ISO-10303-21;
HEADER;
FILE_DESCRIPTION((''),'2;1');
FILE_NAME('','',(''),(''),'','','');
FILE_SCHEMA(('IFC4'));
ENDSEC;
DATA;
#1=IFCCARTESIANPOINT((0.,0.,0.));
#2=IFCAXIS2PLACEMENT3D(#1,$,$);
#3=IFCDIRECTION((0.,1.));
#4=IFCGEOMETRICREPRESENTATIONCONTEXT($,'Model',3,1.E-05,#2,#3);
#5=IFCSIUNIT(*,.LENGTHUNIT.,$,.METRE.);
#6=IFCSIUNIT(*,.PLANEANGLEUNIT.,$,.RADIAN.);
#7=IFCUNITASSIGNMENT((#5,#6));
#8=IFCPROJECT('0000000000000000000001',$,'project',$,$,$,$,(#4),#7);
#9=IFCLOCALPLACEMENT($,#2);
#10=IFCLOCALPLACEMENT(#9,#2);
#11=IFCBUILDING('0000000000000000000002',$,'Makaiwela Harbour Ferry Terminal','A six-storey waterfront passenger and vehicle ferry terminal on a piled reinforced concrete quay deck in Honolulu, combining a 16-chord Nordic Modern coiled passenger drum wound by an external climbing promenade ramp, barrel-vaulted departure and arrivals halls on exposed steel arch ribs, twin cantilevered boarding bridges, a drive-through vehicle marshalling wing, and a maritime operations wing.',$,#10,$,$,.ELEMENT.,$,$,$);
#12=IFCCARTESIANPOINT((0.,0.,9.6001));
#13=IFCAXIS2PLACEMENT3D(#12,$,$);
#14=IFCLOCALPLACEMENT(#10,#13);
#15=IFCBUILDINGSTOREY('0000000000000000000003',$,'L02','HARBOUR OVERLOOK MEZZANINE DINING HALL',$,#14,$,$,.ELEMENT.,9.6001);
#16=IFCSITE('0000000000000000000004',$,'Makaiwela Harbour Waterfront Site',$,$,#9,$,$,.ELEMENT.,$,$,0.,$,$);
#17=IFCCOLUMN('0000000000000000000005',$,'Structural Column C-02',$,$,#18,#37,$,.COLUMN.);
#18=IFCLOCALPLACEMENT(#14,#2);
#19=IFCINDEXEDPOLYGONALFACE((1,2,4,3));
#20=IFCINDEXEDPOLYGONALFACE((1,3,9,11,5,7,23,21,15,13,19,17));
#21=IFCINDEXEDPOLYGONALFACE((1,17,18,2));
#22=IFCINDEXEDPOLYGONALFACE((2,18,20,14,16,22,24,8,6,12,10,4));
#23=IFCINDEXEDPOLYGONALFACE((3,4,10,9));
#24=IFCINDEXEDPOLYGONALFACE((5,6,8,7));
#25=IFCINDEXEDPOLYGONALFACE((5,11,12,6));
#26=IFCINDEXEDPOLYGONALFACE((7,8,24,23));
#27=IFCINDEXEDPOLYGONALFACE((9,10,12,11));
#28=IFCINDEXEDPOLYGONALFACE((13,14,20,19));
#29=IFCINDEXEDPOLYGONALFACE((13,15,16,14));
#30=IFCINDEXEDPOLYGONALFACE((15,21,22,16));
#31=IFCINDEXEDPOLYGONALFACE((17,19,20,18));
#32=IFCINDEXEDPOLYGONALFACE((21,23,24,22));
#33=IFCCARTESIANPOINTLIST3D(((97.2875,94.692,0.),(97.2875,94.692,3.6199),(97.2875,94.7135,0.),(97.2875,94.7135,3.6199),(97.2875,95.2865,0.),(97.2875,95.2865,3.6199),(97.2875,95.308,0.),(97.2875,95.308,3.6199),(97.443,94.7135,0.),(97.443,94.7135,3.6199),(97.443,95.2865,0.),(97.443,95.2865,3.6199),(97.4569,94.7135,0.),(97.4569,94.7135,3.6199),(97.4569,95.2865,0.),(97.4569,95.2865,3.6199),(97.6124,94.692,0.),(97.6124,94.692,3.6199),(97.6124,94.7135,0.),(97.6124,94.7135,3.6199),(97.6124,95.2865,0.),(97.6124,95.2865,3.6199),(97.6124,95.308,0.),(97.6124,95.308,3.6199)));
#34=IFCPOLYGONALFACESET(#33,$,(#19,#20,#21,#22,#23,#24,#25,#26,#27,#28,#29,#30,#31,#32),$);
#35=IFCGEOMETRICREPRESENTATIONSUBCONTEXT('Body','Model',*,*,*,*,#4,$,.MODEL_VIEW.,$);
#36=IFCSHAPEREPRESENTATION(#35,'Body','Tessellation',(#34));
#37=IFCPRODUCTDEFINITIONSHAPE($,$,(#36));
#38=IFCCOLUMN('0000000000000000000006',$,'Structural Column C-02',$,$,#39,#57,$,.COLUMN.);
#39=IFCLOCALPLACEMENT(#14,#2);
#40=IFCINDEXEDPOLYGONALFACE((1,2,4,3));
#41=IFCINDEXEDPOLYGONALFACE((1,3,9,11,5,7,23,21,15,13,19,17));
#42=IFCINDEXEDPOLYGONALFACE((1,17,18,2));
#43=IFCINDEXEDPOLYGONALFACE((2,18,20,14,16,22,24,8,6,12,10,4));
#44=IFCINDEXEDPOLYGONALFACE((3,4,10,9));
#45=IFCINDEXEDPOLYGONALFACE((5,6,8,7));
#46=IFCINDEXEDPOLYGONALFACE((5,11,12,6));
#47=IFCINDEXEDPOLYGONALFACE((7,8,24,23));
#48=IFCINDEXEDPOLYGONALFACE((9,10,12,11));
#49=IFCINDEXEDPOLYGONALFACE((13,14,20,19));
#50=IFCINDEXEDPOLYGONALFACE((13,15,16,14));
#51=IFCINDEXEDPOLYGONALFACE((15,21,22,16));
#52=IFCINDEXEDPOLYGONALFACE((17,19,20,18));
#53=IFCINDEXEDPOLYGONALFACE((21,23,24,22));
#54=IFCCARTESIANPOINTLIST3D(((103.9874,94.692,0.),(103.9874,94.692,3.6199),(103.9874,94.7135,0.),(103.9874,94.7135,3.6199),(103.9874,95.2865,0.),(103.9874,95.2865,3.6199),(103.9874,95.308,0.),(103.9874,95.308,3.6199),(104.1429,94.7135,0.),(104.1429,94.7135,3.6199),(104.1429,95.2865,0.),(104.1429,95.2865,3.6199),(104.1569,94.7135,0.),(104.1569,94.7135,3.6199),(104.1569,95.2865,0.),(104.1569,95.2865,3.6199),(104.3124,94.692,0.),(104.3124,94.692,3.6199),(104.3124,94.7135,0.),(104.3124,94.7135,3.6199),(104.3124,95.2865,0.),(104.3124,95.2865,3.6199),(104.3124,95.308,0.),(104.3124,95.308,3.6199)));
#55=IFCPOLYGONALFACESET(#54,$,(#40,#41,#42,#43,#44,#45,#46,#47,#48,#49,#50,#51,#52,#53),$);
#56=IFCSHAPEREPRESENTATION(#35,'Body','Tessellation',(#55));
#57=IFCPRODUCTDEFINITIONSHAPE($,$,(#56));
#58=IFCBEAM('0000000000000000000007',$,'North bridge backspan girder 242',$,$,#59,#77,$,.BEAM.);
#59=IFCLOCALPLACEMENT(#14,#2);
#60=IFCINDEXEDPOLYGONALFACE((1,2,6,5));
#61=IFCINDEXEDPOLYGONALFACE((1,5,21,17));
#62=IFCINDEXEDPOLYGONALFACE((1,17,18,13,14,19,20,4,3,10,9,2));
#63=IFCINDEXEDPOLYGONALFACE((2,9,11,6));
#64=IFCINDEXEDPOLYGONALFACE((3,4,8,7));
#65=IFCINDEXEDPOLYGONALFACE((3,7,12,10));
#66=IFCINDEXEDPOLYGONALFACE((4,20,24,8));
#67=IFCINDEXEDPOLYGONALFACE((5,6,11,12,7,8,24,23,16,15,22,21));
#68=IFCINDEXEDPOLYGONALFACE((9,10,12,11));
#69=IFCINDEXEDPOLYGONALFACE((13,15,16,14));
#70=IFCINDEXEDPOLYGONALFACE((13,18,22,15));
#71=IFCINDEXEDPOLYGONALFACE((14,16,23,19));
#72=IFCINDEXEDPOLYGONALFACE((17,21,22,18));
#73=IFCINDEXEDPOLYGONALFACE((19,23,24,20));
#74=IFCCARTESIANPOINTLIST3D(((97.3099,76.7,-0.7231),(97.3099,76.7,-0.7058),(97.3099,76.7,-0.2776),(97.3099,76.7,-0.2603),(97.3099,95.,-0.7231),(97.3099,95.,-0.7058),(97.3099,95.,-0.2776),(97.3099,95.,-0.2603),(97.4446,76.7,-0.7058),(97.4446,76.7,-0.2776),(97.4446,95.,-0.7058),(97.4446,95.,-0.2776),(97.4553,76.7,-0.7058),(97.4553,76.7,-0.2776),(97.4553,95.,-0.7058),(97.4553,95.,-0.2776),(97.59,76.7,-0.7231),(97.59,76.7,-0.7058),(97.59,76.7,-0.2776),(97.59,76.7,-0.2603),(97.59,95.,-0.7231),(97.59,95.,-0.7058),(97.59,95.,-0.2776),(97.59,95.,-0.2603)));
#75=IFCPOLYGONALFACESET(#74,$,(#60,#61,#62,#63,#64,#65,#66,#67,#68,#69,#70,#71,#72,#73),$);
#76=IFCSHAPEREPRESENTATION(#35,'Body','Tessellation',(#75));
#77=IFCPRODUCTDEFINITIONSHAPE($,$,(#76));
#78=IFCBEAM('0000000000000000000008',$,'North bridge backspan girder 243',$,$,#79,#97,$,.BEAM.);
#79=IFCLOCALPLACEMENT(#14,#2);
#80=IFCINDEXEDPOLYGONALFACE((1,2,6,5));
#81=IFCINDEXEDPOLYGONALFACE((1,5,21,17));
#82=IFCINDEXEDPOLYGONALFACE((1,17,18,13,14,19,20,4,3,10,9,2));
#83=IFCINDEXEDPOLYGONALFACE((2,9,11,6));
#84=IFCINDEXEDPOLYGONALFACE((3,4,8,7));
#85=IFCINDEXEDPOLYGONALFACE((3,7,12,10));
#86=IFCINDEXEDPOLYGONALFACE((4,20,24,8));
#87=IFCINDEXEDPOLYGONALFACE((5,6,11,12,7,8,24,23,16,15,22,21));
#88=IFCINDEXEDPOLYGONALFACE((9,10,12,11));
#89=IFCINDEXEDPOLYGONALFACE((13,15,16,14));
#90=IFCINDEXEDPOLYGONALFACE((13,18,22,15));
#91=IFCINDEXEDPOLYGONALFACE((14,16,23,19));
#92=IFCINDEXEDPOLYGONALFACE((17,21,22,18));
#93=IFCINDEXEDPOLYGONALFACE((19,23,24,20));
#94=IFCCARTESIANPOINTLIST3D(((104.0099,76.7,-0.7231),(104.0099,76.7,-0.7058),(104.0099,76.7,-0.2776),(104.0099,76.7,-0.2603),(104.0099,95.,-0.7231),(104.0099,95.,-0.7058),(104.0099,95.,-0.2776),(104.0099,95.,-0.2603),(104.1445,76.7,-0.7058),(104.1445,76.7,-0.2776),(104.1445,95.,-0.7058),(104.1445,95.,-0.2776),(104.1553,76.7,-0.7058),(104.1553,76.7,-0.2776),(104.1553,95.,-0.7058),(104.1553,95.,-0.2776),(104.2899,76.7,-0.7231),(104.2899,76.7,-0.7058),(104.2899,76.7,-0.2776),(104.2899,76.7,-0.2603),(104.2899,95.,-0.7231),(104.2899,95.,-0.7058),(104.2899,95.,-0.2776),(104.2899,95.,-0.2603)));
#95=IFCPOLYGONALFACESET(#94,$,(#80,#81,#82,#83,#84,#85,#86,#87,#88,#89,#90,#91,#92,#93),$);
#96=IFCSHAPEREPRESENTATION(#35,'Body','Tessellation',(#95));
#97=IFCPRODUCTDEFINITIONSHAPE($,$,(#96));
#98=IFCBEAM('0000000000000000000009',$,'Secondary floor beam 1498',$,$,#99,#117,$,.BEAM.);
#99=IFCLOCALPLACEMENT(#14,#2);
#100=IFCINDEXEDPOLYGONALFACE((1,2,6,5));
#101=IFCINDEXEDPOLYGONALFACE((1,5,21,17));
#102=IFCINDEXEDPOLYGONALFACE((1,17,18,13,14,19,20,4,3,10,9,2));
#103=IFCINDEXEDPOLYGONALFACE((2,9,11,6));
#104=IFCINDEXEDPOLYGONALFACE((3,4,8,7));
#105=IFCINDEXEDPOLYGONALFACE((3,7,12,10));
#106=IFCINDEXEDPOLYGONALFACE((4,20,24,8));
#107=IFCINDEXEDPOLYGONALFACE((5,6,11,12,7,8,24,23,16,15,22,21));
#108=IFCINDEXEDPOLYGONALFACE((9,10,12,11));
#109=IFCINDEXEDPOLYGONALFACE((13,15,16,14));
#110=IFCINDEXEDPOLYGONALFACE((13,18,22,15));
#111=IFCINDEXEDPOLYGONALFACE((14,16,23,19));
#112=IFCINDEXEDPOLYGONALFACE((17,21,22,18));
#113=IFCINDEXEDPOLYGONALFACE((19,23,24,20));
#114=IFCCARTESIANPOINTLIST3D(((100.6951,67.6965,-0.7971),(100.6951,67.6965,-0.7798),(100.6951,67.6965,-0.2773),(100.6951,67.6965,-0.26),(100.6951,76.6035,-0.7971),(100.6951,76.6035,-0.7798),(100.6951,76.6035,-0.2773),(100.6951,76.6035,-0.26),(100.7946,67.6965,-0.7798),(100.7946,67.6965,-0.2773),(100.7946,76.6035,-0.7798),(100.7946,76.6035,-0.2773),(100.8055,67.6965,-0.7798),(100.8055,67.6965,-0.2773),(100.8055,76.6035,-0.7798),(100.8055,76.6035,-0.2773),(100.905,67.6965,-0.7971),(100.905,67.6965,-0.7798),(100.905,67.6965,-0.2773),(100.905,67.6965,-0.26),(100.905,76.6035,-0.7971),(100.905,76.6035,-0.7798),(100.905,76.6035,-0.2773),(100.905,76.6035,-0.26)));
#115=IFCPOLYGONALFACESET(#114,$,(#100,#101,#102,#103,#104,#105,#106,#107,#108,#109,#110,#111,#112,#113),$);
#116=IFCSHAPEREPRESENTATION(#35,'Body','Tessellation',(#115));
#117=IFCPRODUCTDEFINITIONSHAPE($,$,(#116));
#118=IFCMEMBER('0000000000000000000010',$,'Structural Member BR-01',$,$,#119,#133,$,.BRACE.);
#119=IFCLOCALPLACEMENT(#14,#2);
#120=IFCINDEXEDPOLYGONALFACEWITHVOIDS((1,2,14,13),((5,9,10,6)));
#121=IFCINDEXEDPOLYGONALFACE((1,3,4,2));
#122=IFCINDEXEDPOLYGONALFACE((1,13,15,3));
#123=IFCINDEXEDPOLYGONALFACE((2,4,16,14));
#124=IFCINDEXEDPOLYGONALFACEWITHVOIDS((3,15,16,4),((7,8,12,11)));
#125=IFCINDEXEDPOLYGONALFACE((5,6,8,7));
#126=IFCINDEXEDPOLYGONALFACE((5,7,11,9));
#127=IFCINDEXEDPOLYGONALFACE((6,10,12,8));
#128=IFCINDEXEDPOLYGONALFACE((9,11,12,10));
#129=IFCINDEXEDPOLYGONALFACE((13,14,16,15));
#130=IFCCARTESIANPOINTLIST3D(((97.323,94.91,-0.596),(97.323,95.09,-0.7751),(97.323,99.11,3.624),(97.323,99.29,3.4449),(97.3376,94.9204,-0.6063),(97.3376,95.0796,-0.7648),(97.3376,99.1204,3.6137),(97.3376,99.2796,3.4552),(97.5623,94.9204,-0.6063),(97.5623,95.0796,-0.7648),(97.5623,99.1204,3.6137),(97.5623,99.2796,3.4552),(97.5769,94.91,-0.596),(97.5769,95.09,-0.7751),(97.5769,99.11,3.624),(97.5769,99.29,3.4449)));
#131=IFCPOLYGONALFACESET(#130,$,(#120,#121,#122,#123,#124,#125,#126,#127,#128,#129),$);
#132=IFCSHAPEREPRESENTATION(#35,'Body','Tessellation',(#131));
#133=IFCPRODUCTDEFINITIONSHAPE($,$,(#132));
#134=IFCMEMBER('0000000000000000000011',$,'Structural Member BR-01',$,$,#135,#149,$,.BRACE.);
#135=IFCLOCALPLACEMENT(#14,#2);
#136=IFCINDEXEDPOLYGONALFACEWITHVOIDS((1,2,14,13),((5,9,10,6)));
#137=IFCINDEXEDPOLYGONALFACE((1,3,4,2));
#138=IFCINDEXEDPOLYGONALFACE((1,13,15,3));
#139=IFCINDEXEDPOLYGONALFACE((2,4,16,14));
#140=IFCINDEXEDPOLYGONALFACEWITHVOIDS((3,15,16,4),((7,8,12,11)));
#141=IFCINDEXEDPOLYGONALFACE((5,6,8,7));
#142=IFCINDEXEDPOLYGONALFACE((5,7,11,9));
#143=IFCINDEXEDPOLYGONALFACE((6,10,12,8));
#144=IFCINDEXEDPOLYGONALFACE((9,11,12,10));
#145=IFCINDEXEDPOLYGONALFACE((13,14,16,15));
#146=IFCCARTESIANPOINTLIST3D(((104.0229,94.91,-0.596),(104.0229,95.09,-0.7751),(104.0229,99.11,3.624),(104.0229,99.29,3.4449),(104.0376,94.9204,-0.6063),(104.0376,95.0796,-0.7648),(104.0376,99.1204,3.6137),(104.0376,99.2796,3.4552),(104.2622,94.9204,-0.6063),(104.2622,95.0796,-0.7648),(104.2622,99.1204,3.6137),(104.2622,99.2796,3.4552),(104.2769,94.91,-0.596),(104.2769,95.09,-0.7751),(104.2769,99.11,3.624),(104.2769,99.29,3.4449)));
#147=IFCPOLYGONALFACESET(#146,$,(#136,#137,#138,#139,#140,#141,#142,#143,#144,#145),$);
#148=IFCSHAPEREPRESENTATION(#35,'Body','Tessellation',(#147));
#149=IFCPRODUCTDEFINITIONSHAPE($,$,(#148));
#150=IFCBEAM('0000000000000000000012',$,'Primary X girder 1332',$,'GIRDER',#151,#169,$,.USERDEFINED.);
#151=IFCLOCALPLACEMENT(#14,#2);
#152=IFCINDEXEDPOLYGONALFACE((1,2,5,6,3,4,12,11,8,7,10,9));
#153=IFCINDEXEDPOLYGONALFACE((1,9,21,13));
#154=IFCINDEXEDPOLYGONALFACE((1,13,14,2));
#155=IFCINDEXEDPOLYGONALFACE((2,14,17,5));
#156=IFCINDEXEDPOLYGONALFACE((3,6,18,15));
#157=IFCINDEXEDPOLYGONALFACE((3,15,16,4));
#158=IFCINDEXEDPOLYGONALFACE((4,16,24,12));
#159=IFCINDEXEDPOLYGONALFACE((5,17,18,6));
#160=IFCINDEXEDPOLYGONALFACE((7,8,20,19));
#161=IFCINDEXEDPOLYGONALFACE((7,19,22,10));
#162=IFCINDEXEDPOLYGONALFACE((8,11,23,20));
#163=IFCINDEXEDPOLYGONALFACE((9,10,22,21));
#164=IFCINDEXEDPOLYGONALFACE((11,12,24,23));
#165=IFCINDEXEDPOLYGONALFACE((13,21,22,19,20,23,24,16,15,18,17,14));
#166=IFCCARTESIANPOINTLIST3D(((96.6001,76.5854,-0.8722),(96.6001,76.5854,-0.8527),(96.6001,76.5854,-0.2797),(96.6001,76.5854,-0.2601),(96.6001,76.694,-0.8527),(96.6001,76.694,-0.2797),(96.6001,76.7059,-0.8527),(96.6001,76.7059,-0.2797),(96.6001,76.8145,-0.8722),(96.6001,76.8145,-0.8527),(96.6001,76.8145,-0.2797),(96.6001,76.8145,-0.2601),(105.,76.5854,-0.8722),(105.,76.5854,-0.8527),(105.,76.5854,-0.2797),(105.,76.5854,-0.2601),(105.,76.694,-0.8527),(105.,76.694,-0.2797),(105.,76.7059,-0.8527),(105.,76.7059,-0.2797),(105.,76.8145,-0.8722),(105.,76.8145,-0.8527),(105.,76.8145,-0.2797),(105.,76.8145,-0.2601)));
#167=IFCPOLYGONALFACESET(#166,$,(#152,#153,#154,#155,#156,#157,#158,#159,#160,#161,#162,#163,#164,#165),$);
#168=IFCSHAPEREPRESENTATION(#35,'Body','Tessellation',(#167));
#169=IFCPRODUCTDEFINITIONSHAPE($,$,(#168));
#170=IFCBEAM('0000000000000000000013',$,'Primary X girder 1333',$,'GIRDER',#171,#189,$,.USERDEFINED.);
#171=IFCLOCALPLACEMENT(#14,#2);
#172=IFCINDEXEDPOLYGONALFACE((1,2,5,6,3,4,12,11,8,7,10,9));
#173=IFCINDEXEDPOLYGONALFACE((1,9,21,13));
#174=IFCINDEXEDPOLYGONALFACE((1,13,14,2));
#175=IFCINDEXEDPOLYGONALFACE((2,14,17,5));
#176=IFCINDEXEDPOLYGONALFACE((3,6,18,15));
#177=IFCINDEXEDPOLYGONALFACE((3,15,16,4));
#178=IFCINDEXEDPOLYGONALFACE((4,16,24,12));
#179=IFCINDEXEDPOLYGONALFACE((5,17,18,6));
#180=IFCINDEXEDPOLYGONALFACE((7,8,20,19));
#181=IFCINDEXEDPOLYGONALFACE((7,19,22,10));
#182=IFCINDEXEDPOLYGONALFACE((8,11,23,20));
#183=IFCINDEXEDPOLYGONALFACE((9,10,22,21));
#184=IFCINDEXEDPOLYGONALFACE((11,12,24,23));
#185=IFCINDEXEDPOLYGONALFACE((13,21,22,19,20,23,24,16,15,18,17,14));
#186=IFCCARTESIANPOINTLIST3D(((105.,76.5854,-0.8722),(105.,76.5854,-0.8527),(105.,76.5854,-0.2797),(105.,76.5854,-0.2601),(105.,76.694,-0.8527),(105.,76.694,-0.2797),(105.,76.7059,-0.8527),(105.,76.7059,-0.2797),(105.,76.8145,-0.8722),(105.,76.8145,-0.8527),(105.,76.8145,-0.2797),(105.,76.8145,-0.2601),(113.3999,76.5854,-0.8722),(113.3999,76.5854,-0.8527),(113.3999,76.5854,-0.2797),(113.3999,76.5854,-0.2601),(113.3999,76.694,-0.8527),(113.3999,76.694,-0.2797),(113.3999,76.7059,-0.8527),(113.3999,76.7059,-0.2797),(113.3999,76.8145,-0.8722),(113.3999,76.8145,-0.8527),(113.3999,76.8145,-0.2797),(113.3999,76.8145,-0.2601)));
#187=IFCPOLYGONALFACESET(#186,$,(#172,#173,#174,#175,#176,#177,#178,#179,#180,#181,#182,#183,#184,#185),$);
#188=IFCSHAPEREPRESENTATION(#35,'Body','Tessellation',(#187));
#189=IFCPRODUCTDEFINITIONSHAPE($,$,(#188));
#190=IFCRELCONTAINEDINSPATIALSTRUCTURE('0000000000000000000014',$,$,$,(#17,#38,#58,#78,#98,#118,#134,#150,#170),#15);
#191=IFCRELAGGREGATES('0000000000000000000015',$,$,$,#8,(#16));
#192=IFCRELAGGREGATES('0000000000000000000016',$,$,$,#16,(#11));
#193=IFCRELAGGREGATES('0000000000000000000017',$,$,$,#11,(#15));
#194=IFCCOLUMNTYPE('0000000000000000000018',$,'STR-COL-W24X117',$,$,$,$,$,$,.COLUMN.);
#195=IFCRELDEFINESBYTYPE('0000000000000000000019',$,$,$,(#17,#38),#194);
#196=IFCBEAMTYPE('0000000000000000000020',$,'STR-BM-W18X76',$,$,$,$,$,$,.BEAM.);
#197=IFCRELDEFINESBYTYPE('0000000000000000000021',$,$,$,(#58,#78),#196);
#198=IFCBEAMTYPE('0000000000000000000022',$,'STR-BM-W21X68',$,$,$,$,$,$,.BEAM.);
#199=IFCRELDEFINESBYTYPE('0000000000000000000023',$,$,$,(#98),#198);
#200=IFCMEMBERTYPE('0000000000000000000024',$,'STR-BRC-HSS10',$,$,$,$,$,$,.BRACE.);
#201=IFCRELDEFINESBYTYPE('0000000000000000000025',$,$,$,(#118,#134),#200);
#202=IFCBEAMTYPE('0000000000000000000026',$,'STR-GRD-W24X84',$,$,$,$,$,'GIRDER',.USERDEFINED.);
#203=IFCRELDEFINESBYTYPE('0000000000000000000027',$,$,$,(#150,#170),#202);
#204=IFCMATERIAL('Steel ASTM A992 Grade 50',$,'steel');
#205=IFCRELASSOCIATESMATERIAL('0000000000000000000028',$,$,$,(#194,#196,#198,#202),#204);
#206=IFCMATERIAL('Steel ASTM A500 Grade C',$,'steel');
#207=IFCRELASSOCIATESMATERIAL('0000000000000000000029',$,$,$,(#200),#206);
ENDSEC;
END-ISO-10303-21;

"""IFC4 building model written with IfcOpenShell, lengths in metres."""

from ifc_helpers import new_model, si_unit, direction, frame, origin, origin_2d, place, context, subcontext, project, spatial, hollow_rectangle, i_section, extrude, material, material_profile, profile_set, type_object, element, save


model = new_model("IFC4")

# Units and contexts
model_context = context("Model", 3, precision=1e-05, world=origin(), true_north=direction((0.0, 1.0)))
body_context = subcontext(model_context, "Body", "Model", "MODEL_VIEW")
ifc_project = project(units=[si_unit("LENGTHUNIT", "METRE"), si_unit("PLANEANGLEUNIT", "RADIAN")], contexts=[model_context])

# Site, building, storey
site_placement = place(None, origin())
site = spatial("IfcSite", under=ifc_project, at=site_placement, Name="Makaiwela Harbour Waterfront Site", CompositionType="ELEMENT", RefElevation=0.0)
building_placement = place(site_placement, origin())
building = spatial("IfcBuilding", under=site, at=building_placement, Name="Makaiwela Harbour Ferry Terminal", Description="A six-storey waterfront passenger and vehicle ferry terminal on a piled reinforced concrete quay deck in Honolulu, combining a 16-chord Nordic Modern coiled passenger drum wound by an external climbing promenade ramp, barrel-vaulted departure and arrivals halls on exposed steel arch ribs, twin cantilevered boarding bridges, a drive-through vehicle marshalling wing, and a maritime operations wing.", CompositionType="ELEMENT")
storey_placement = place(building_placement, frame((0.0, 0.0, 9.6001)))
storey = spatial("IfcBuildingStorey", under=building, at=storey_placement, Name="L02", Description="HARBOUR OVERLOOK MEZZANINE DINING HALL", CompositionType="ELEMENT", Elevation=9.6001)

# Columns
ifc_material_1 = material(Name="Steel ASTM A992 Grade 50", Category="steel")
ifc_material_profile_1 = material_profile(ifc_material_1, i_section(OverallWidth=0.325, OverallDepth=0.616, WebThickness=0.0139, FlangeThickness=0.0215, at=origin_2d()), Name="W24X117")
ifc_profile_set_1 = profile_set([ifc_material_profile_1], Name="Steel ASTM A992 Grade 50")
column_type = type_object("IfcColumnType", Name="STR-COL-W24X117", PredefinedType="COLUMN", material=ifc_profile_set_1)
for number, where, z_axis, x_axis, name in (
    (1, (97.45, 95.0, 0.0), (0.0, 0.0, 1.0), (1.0, 0.0, 0.0), "Structural Column C-02"),
    (2, (104.1499, 95.0, 0.0), (0.0, 0.0, 1.0), (1.0, 0.0, 0.0), "Structural Column C-02"),
):
    element("IfcColumn", number, at=place(storey_placement, frame(where, z_axis=z_axis, x_axis=x_axis)), inside=storey, type_object=column_type, Name=name, PredefinedType="COLUMN", context=body_context, shape_type="SweptSolid", body=[
        extrude(i_section(OverallWidth=0.325, OverallDepth=0.616, WebThickness=0.0139, FlangeThickness=0.0215, at=origin_2d()), origin(), (0.0, 0.0, 1.0), 3.6199),
    ])

# Beams
ifc_material_profile_2 = material_profile(ifc_material_1, i_section(OverallWidth=0.28, OverallDepth=0.4629, WebThickness=0.0107, FlangeThickness=0.0173, at=origin_2d()), Name="W18X76")
ifc_profile_set_2 = profile_set([ifc_material_profile_2], Name="Steel ASTM A992 Grade 50")
beam_type_1 = type_object("IfcBeamType", Name="STR-BM-W18X76", PredefinedType="BEAM", material=ifc_profile_set_2)
for number, where, z_axis, x_axis, name in (
    (3, (97.45, 76.7, -0.4917), (0.0, 1.0, 0.0), (-1.0, 0.0, 0.0), "North bridge backspan girder 242"),
    (4, (104.1499, 76.7, -0.4917), (0.0, 1.0, 0.0), (-1.0, 0.0, 0.0), "North bridge backspan girder 243"),
):
    element("IfcBeam", number, at=place(storey_placement, frame(where, z_axis=z_axis, x_axis=x_axis)), inside=storey, type_object=beam_type_1, Name=name, PredefinedType="BEAM", context=body_context, shape_type="SweptSolid", body=[
        extrude(i_section(OverallWidth=0.28, OverallDepth=0.4629, WebThickness=0.0107, FlangeThickness=0.0173, at=origin_2d()), origin(), (0.0, 0.0, 1.0), 18.3),
    ])
ifc_material_profile_3 = material_profile(ifc_material_1, i_section(OverallWidth=0.21, OverallDepth=0.5371, WebThickness=0.011, FlangeThickness=0.0173, at=origin_2d()), Name="W21X68")
ifc_profile_set_3 = profile_set([ifc_material_profile_3], Name="Steel ASTM A992 Grade 50")
beam_type_2 = type_object("IfcBeamType", Name="STR-BM-W21X68", PredefinedType="BEAM", material=ifc_profile_set_3)
beam_placement = place(storey_placement, frame((100.8, 67.6965, -0.5286), z_axis=(0.0, 1.0, 0.0), x_axis=(-1.0, 0.0, 0.0)))
element("IfcBeam", 5, at=beam_placement, inside=storey, type_object=beam_type_2, Name="Secondary floor beam 1498", PredefinedType="BEAM", context=body_context, shape_type="SweptSolid", body=[
    extrude(i_section(OverallWidth=0.21, OverallDepth=0.5371, WebThickness=0.011, FlangeThickness=0.0173, at=origin_2d()), origin(), (0.0, 0.0, 1.0), 8.907),
])

# Members
ifc_material_2 = material(Name="Steel ASTM A500 Grade C", Category="steel")
ifc_material_profile_4 = material_profile(ifc_material_2, hollow_rectangle(XDim=0.2539, YDim=0.2539, WallThickness=0.0146, at=origin_2d()), Name="HSS10X10X5/8")
ifc_profile_set_4 = profile_set([ifc_material_profile_4], Name="Steel ASTM A500 Grade C")
member_type_1 = type_object("IfcMemberType", Name="STR-BRC-HSS10", PredefinedType="BRACE", material=ifc_profile_set_4)
for number, where, z_axis, x_axis, name in (
    (6, (97.45, 95.0, -0.6855), (0.0, 0.705424, 0.708786), (-1.0, 0.0, 0.0), "Structural Member BR-01"),
    (7, (104.1499, 95.0, -0.6855), (0.0, 0.705424, 0.708786), (-1.0, 0.0, 0.0), "Structural Member BR-01"),
):
    element("IfcMember", number, at=place(storey_placement, frame(where, z_axis=z_axis, x_axis=x_axis)), inside=storey, type_object=member_type_1, Name=name, PredefinedType="BRACE", context=body_context, shape_type="SweptSolid", body=[
        extrude(hollow_rectangle(XDim=0.2539, YDim=0.2539, WallThickness=0.0146, at=origin_2d()), origin(), (0.0, 0.0, 1.0), 5.9539),
    ])

# Beams
ifc_material_profile_5 = material_profile(ifc_material_1, i_section(OverallWidth=0.229, OverallDepth=0.6121, WebThickness=0.012, FlangeThickness=0.0195, at=origin_2d()), Name="W24X84")
ifc_profile_set_5 = profile_set([ifc_material_profile_5], Name="Steel ASTM A992 Grade 50")
beam_type_3 = type_object("IfcBeamType", Name="STR-GRD-W24X84", ElementType="GIRDER", PredefinedType="USERDEFINED", material=ifc_profile_set_5)
for number, where, z_axis, x_axis, name in (
    (8, (96.6001, 76.7, -0.5662), (1.0, 0.0, 0.0), (0.0, 1.0, 0.0), "Primary X girder 1332"),
    (9, (105.0, 76.7, -0.5662), (1.0, 0.0, 0.0), (0.0, 1.0, 0.0), "Primary X girder 1333"),
):
    element("IfcBeam", number, at=place(storey_placement, frame(where, z_axis=z_axis, x_axis=x_axis)), inside=storey, type_object=beam_type_3, Name=name, ObjectType="GIRDER", PredefinedType="USERDEFINED", context=body_context, shape_type="SweptSolid", body=[
        extrude(i_section(OverallWidth=0.229, OverallDepth=0.6121, WebThickness=0.012, FlangeThickness=0.0195, at=origin_2d()), origin(), (0.0, 0.0, 1.0), 8.3999),
    ])

save(model, "model.ifc")
